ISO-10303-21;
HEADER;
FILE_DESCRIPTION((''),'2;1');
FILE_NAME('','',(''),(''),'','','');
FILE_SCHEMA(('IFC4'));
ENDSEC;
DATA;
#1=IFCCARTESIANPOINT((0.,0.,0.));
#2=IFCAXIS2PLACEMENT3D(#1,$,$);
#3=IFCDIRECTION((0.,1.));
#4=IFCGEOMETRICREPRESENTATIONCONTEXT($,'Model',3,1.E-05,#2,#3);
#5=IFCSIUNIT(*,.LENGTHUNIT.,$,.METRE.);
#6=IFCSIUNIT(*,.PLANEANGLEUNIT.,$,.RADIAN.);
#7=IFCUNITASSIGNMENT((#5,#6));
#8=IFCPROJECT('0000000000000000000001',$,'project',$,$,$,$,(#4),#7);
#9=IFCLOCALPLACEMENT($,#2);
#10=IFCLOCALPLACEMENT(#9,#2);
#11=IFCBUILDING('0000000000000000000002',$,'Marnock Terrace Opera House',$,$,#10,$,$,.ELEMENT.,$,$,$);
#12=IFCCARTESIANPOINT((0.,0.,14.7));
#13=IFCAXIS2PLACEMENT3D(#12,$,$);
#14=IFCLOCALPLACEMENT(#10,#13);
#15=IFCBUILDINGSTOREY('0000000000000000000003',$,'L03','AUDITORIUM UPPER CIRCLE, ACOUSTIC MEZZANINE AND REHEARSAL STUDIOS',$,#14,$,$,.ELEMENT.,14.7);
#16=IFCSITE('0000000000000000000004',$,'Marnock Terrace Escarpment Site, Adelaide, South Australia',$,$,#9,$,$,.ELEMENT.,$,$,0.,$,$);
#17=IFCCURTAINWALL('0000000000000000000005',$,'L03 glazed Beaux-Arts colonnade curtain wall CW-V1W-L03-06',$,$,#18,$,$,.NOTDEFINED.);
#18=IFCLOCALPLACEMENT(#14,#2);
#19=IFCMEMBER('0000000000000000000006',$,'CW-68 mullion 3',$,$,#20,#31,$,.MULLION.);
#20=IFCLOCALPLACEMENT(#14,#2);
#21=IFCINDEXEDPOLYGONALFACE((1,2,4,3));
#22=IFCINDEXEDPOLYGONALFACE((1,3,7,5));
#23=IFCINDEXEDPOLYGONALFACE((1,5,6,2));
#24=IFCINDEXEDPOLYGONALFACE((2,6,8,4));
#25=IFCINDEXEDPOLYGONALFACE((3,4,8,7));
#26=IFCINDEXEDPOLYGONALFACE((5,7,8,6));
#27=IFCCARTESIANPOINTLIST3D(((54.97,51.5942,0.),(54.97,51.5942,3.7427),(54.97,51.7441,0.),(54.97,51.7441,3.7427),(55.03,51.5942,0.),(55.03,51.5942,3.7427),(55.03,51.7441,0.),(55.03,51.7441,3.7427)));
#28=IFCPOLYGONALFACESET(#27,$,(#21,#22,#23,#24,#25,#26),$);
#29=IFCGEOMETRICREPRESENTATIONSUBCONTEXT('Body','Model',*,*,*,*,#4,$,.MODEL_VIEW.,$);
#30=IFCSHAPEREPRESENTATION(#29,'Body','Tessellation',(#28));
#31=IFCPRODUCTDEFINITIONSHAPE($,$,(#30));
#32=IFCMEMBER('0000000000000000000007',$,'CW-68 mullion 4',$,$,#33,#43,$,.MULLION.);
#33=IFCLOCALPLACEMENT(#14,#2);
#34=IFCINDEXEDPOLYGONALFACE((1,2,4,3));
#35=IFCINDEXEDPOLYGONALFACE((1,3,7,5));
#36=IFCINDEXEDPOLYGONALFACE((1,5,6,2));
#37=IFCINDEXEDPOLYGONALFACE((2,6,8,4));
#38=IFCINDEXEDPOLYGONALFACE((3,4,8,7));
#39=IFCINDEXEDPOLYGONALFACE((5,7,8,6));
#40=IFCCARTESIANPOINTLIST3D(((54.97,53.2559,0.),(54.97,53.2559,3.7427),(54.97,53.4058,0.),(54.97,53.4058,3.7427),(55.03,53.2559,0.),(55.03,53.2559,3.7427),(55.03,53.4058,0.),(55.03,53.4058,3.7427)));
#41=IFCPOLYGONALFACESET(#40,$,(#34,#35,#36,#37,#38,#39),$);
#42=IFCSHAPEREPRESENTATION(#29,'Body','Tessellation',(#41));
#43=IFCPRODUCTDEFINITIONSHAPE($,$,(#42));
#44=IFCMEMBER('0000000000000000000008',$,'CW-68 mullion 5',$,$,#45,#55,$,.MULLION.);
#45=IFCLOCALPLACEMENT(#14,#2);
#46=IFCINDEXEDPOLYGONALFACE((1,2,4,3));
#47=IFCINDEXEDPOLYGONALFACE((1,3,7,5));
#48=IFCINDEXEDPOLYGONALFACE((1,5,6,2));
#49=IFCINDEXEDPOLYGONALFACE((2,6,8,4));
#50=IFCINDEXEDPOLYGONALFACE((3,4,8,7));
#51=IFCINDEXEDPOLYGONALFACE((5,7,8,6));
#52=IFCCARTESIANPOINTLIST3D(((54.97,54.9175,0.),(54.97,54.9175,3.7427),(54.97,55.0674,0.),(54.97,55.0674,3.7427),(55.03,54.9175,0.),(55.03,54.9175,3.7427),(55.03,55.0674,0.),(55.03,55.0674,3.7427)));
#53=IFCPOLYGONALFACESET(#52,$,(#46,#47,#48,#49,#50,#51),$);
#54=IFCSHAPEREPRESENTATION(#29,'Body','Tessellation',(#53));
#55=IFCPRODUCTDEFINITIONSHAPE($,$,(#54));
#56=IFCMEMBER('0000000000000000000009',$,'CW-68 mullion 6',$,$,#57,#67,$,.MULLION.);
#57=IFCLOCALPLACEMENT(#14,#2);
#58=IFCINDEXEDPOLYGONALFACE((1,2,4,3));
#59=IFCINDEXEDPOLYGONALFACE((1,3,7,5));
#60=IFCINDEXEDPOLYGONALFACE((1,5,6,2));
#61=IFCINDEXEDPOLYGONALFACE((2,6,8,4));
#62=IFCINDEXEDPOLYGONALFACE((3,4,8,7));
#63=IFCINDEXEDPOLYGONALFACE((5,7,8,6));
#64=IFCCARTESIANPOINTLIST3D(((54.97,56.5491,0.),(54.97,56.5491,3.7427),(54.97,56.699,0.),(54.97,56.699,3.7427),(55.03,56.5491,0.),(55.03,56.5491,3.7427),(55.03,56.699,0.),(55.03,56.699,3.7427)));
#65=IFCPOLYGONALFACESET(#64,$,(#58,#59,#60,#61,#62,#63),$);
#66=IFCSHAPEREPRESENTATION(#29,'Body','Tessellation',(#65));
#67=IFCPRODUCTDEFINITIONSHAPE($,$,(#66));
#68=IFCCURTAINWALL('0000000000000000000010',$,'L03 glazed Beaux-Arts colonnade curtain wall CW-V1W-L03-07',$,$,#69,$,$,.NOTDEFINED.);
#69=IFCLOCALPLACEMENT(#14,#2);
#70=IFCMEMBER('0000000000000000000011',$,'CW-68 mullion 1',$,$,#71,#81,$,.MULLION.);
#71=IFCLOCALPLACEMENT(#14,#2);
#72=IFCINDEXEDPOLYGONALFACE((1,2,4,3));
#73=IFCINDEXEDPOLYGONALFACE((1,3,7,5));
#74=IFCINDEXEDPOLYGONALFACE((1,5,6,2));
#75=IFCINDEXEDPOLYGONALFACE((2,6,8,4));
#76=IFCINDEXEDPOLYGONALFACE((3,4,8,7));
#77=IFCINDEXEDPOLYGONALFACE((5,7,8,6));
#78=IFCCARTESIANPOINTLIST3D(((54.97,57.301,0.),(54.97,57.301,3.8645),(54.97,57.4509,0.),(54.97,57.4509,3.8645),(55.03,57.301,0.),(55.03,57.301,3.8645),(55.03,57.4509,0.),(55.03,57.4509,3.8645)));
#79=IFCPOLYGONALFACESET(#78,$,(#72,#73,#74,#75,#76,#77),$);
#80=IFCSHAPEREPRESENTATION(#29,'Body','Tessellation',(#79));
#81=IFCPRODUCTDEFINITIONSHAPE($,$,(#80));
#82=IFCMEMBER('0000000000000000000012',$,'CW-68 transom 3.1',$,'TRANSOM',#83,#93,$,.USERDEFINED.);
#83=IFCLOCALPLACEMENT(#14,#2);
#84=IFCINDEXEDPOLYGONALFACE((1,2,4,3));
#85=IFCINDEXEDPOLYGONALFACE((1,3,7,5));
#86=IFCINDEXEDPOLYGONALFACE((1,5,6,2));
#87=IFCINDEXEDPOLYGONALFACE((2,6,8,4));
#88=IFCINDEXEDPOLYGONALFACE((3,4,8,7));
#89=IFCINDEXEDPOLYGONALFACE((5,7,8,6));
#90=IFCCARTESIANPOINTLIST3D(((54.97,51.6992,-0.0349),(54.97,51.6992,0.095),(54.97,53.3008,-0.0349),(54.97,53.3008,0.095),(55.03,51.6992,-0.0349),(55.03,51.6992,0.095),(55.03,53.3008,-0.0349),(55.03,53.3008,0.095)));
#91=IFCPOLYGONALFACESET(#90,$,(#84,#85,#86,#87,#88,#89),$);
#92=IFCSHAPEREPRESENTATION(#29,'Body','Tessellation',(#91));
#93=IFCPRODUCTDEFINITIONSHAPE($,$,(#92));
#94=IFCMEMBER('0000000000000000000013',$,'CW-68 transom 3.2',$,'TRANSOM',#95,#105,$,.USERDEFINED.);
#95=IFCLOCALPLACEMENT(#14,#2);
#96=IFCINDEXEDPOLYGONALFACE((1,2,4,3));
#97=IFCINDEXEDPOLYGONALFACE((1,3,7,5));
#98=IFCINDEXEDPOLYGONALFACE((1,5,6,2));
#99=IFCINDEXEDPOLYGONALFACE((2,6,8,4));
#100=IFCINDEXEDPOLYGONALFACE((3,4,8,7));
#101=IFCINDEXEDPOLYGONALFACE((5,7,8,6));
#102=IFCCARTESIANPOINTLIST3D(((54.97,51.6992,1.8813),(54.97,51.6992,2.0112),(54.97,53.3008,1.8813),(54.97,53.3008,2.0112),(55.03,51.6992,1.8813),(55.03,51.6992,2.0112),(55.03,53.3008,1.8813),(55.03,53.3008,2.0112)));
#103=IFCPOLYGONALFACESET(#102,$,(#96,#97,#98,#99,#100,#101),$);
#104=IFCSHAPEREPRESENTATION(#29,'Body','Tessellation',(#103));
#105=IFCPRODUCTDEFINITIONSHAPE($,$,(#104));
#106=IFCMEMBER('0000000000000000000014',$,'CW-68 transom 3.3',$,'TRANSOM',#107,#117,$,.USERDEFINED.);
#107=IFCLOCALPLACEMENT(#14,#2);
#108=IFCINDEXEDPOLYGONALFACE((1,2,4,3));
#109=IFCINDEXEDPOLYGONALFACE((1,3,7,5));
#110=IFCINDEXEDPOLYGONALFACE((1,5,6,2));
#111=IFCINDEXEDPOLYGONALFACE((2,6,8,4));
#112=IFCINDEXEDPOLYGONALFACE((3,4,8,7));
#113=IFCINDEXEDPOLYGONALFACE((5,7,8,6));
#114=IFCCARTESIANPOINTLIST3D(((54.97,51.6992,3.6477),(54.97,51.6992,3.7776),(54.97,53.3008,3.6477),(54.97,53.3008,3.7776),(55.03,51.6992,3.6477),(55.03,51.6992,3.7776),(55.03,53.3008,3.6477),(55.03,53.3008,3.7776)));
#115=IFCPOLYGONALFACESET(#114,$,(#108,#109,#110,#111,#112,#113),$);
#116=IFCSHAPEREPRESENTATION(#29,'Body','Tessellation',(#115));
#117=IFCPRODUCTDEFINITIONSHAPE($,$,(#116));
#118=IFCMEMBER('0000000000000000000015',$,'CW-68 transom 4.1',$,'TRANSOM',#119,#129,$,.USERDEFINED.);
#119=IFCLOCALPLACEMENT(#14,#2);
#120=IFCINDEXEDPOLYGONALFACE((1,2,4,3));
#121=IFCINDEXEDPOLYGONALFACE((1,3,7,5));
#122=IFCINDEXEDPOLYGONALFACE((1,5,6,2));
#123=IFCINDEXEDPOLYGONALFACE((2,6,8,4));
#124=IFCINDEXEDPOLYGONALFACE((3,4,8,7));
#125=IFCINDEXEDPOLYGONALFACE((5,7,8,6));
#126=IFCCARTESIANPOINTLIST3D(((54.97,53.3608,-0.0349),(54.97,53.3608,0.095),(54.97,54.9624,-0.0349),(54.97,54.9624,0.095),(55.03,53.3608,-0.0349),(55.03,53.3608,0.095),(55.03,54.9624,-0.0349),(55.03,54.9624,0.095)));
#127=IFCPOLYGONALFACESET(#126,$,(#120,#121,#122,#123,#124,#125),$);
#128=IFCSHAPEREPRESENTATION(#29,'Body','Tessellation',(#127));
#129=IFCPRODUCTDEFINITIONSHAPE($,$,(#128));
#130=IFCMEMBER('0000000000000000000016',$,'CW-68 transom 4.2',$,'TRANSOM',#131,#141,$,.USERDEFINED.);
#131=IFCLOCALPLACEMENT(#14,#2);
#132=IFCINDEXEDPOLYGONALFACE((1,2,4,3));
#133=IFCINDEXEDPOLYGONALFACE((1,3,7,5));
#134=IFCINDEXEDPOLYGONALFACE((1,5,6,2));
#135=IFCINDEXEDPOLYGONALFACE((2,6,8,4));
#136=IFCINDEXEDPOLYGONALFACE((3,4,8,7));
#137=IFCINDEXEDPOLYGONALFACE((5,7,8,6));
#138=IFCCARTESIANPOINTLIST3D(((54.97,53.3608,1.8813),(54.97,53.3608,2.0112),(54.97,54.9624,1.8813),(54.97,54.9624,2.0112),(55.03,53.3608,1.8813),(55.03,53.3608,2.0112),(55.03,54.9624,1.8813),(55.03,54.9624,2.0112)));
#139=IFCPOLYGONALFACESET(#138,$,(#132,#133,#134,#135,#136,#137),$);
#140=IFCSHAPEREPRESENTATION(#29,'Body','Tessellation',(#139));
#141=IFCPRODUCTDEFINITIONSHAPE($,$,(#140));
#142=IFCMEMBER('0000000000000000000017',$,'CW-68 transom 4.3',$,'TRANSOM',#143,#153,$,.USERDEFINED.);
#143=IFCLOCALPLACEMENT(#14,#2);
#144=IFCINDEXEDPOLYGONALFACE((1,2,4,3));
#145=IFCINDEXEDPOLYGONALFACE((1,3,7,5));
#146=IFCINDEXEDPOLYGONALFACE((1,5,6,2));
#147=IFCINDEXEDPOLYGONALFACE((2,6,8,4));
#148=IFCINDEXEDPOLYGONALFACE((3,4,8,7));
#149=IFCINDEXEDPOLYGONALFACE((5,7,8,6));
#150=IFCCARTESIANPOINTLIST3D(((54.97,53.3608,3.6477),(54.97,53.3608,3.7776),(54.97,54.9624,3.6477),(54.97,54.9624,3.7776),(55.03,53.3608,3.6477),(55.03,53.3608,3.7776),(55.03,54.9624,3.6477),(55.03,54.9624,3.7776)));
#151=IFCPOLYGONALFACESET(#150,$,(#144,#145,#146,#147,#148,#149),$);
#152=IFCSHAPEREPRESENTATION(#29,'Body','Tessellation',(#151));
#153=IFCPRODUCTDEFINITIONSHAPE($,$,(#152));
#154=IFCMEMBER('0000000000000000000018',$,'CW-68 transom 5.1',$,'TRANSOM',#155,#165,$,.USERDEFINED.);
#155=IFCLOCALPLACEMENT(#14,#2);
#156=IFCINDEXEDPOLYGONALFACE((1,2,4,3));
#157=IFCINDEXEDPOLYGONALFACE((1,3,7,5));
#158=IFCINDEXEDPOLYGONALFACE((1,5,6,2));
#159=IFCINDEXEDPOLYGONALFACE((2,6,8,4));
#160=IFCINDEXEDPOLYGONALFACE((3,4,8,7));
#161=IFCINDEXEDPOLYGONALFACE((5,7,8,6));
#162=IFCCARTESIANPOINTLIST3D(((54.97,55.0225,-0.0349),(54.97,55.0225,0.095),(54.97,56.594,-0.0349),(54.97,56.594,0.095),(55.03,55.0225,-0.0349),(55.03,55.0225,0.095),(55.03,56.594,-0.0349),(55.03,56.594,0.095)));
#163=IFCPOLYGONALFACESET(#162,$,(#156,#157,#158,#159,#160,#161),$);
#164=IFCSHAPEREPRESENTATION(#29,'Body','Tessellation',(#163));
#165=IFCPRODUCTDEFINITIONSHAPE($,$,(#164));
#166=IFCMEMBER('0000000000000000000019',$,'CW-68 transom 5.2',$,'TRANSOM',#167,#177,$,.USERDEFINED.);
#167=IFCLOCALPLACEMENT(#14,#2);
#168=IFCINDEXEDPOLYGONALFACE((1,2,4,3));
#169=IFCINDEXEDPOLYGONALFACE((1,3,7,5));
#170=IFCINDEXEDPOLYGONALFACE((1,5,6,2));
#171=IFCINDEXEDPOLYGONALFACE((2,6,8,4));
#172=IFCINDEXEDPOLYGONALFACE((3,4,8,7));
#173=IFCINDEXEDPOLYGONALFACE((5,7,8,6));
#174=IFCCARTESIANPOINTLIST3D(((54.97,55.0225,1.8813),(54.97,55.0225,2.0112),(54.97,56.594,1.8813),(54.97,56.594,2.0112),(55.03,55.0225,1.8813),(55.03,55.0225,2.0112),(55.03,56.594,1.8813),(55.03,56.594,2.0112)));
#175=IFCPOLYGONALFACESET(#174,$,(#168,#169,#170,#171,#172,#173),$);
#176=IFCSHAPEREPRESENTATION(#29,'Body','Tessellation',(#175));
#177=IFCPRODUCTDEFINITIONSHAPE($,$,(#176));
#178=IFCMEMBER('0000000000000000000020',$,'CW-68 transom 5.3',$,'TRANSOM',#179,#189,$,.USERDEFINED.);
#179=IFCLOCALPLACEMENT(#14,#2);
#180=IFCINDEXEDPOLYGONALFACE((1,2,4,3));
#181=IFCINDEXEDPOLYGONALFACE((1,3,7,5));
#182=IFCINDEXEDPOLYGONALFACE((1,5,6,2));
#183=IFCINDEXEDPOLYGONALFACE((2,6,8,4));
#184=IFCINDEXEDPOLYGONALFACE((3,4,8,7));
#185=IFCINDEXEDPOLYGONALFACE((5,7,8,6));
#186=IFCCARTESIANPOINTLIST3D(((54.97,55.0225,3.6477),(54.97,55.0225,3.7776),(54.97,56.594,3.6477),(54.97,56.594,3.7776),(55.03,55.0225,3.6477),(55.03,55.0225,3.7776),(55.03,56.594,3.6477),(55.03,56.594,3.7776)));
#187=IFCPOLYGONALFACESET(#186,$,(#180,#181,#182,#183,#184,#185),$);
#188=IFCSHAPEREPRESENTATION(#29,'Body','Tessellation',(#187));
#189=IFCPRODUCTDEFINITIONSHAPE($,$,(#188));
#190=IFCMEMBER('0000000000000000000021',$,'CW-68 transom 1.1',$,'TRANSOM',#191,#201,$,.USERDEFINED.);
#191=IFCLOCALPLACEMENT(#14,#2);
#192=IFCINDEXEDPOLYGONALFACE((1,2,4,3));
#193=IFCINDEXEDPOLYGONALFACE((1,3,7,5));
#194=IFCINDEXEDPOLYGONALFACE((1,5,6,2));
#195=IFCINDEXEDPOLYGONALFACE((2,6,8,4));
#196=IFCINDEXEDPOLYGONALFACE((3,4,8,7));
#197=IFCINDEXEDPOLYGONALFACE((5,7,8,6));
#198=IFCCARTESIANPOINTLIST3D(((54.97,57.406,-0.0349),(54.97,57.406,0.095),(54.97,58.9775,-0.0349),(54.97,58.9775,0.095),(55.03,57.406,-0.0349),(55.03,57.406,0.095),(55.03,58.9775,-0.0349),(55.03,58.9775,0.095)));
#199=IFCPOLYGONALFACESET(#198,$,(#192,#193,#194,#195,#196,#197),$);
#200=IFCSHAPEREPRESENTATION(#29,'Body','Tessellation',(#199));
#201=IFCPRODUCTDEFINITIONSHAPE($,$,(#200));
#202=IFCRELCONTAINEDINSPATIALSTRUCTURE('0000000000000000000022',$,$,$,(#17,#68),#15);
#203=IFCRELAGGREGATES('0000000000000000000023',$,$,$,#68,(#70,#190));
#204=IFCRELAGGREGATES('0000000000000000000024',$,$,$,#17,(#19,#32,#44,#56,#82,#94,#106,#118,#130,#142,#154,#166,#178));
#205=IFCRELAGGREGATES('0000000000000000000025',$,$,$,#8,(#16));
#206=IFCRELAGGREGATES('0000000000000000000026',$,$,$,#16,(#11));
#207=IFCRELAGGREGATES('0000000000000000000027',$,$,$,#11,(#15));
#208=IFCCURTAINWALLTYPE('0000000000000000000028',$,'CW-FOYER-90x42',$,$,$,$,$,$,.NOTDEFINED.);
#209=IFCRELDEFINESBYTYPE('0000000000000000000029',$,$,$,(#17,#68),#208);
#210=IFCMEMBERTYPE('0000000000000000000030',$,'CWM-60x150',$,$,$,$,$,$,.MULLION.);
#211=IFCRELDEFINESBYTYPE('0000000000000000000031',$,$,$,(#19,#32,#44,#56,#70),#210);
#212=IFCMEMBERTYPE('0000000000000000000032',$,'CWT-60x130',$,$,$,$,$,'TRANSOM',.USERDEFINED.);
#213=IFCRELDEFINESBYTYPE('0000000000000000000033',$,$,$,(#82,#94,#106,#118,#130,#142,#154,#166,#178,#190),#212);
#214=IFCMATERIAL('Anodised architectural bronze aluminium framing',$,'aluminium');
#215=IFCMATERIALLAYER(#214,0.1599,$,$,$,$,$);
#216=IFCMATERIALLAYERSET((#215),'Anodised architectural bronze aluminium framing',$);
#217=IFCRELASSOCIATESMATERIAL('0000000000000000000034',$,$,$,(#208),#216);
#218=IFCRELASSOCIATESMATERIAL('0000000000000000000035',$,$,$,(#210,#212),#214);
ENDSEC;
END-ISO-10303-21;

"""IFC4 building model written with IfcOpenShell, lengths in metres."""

from ifc_helpers import new_model, si_unit, direction, frame, origin, origin_2d, place, context, subcontext, project, spatial, rectangle, extrude, material, layer, layer_set, material_profile, profile_set, type_object, element, aggregate, save


model = new_model("IFC4")

# Units and contexts
model_context = context("Model", 3, precision=1e-05, world=origin(), true_north=direction((0.0, 1.0)))
body_context = subcontext(model_context, "Body", "Model", "MODEL_VIEW")
ifc_project = project(units=[si_unit("LENGTHUNIT", "METRE"), si_unit("PLANEANGLEUNIT", "RADIAN")], contexts=[model_context])

# Site, building, storey
site_placement = place(None, origin())
site = spatial("IfcSite", under=ifc_project, at=site_placement, Name="Marnock Terrace Escarpment Site, Adelaide, South Australia", CompositionType="ELEMENT", RefElevation=0.0)
building_placement = place(site_placement, origin())
building = spatial("IfcBuilding", under=site, at=building_placement, Name="Marnock Terrace Opera House", CompositionType="ELEMENT")
storey_placement = place(building_placement, frame((0.0, 0.0, 14.7)))
storey = spatial("IfcBuildingStorey", under=building, at=storey_placement, Name="L03", Description="AUDITORIUM UPPER CIRCLE, ACOUSTIC MEZZANINE AND REHEARSAL STUDIOS", CompositionType="ELEMENT", Elevation=14.7)

# Curtain wall, members
ifc_material_1 = material(Name="Anodised architectural bronze aluminium framing", Category="aluminium")
ifc_layer_1 = layer(ifc_material_1, 0.1599)
ifc_layer_set_1 = layer_set([ifc_layer_1], Name="Anodised architectural bronze aluminium framing")
curtain_wall_type = type_object("IfcCurtainWallType", Name="CW-FOYER-90x42", PredefinedType="NOTDEFINED", material=ifc_layer_set_1)
curtain_wall_1_placement = place(storey_placement, origin())
curtain_wall_1 = element("IfcCurtainWall", 1, at=curtain_wall_1_placement, inside=storey, type_object=curtain_wall_type, Name="L03 glazed Beaux-Arts colonnade curtain wall CW-V1W-L03-06", PredefinedType="NOTDEFINED")
ifc_material_profile_1 = material_profile(ifc_material_1, rectangle(XDim=0.0601, YDim=0.1499, at=origin_2d()))
ifc_profile_set_1 = profile_set([ifc_material_profile_1], Name="Anodised architectural bronze aluminium framing")
member_type_1 = type_object("IfcMemberType", Name="CWM-60x150", PredefinedType="MULLION", material=ifc_profile_set_1)
member_1_placement = place(storey_placement, frame((55.0, 51.6692, 0.0), z_axis=(0.0, 0.0, 1.0), x_axis=(-1.0, 0.0, 0.0)))
member_1 = element("IfcMember", 2, at=member_1_placement, type_object=member_type_1, Name="CW-68 mullion 3", PredefinedType="MULLION", context=body_context, shape_type="SweptSolid", body=[
    extrude(rectangle(XDim=0.0601, YDim=0.1499, at=origin_2d()), origin(), (0.0, 0.0, 1.0), 3.7427),
])
member_2_placement = place(storey_placement, frame((55.0, 53.3308, 0.0), z_axis=(0.0, 0.0, 1.0), x_axis=(-1.0, 0.0, 0.0)))
member_2 = element("IfcMember", 3, at=member_2_placement, type_object=member_type_1, Name="CW-68 mullion 4", PredefinedType="MULLION", context=body_context, shape_type="SweptSolid", body=[
    extrude(rectangle(XDim=0.0601, YDim=0.1499, at=origin_2d()), origin(), (0.0, 0.0, 1.0), 3.7427),
])
member_3_placement = place(storey_placement, frame((55.0, 54.9924, 0.0), z_axis=(0.0, 0.0, 1.0), x_axis=(-1.0, 0.0, 0.0)))
member_3 = element("IfcMember", 4, at=member_3_placement, type_object=member_type_1, Name="CW-68 mullion 5", PredefinedType="MULLION", context=body_context, shape_type="SweptSolid", body=[
    extrude(rectangle(XDim=0.0601, YDim=0.1499, at=origin_2d()), origin(), (0.0, 0.0, 1.0), 3.7427),
])
member_4_placement = place(storey_placement, frame((55.0, 56.624, 0.0), z_axis=(0.0, 0.0, 1.0), x_axis=(-1.0, 0.0, 0.0)))
member_4 = element("IfcMember", 5, at=member_4_placement, type_object=member_type_1, Name="CW-68 mullion 6", PredefinedType="MULLION", context=body_context, shape_type="SweptSolid", body=[
    extrude(rectangle(XDim=0.0601, YDim=0.1499, at=origin_2d()), origin(), (0.0, 0.0, 1.0), 3.7427),
])

# Curtain wall, member
curtain_wall_2_placement = place(storey_placement, origin())
curtain_wall_2 = element("IfcCurtainWall", 6, at=curtain_wall_2_placement, inside=storey, type_object=curtain_wall_type, Name="L03 glazed Beaux-Arts colonnade curtain wall CW-V1W-L03-07", PredefinedType="NOTDEFINED")
member_5_placement = place(storey_placement, frame((55.0, 57.376, 0.0), z_axis=(0.0, 0.0, 1.0), x_axis=(-1.0, 0.0, 0.0)))
member_5 = element("IfcMember", 7, at=member_5_placement, type_object=member_type_1, Name="CW-68 mullion 1", PredefinedType="MULLION", context=body_context, shape_type="SweptSolid", body=[
    extrude(rectangle(XDim=0.0601, YDim=0.1499, at=origin_2d()), origin(), (0.0, 0.0, 1.0), 3.8645),
])

# Members
ifc_material_profile_2 = material_profile(ifc_material_1, rectangle(XDim=0.0601, YDim=0.1299, at=origin_2d()))
ifc_profile_set_2 = profile_set([ifc_material_profile_2], Name="Anodised architectural bronze aluminium framing")
member_type_2 = type_object("IfcMemberType", Name="CWT-60x130", ElementType="TRANSOM", PredefinedType="USERDEFINED", material=ifc_profile_set_2)
member_6_placement = place(storey_placement, frame((55.0, 51.6992, 0.03), z_axis=(0.0, 1.0, 0.0), x_axis=(-1.0, 0.0, 0.0)))
member_6 = element("IfcMember", 8, at=member_6_placement, type_object=member_type_2, Name="CW-68 transom 3.1", ObjectType="TRANSOM", PredefinedType="USERDEFINED", context=body_context, shape_type="SweptSolid", body=[
    extrude(rectangle(XDim=0.0601, YDim=0.1299, at=origin_2d()), origin(), (0.0, 0.0, 1.0), 1.6016),
])
member_7_placement = place(storey_placement, frame((55.0, 51.6992, 1.9463), z_axis=(0.0, 1.0, 0.0), x_axis=(-1.0, 0.0, 0.0)))
member_7 = element("IfcMember", 9, at=member_7_placement, type_object=member_type_2, Name="CW-68 transom 3.2", ObjectType="TRANSOM", PredefinedType="USERDEFINED", context=body_context, shape_type="SweptSolid", body=[
    extrude(rectangle(XDim=0.0601, YDim=0.1299, at=origin_2d()), origin(), (0.0, 0.0, 1.0), 1.6016),
])
member_8_placement = place(storey_placement, frame((55.0, 51.6992, 3.7126), z_axis=(0.0, 1.0, 0.0), x_axis=(-1.0, 0.0, 0.0)))
member_8 = element("IfcMember", 10, at=member_8_placement, type_object=member_type_2, Name="CW-68 transom 3.3", ObjectType="TRANSOM", PredefinedType="USERDEFINED", context=body_context, shape_type="SweptSolid", body=[
    extrude(rectangle(XDim=0.0601, YDim=0.1299, at=origin_2d()), origin(), (0.0, 0.0, 1.0), 1.6016),
])
member_9_placement = place(storey_placement, frame((55.0, 53.3608, 0.03), z_axis=(0.0, 1.0, 0.0), x_axis=(-1.0, 0.0, 0.0)))
member_9 = element("IfcMember", 11, at=member_9_placement, type_object=member_type_2, Name="CW-68 transom 4.1", ObjectType="TRANSOM", PredefinedType="USERDEFINED", context=body_context, shape_type="SweptSolid", body=[
    extrude(rectangle(XDim=0.0601, YDim=0.1299, at=origin_2d()), origin(), (0.0, 0.0, 1.0), 1.6016),
])
member_10_placement = place(storey_placement, frame((55.0, 53.3608, 1.9463), z_axis=(0.0, 1.0, 0.0), x_axis=(-1.0, 0.0, 0.0)))
member_10 = element("IfcMember", 12, at=member_10_placement, type_object=member_type_2, Name="CW-68 transom 4.2", ObjectType="TRANSOM", PredefinedType="USERDEFINED", context=body_context, shape_type="SweptSolid", body=[
    extrude(rectangle(XDim=0.0601, YDim=0.1299, at=origin_2d()), origin(), (0.0, 0.0, 1.0), 1.6016),
])
member_11_placement = place(storey_placement, frame((55.0, 53.3608, 3.7126), z_axis=(0.0, 1.0, 0.0), x_axis=(-1.0, 0.0, 0.0)))
member_11 = element("IfcMember", 13, at=member_11_placement, type_object=member_type_2, Name="CW-68 transom 4.3", ObjectType="TRANSOM", PredefinedType="USERDEFINED", context=body_context, shape_type="SweptSolid", body=[
    extrude(rectangle(XDim=0.0601, YDim=0.1299, at=origin_2d()), origin(), (0.0, 0.0, 1.0), 1.6016),
])
member_12_placement = place(storey_placement, frame((55.0, 55.0225, 0.03), z_axis=(0.0, 1.0, 0.0), x_axis=(-1.0, 0.0, 0.0)))
member_12 = element("IfcMember", 14, at=member_12_placement, type_object=member_type_2, Name="CW-68 transom 5.1", ObjectType="TRANSOM", PredefinedType="USERDEFINED", context=body_context, shape_type="SweptSolid", body=[
    extrude(rectangle(XDim=0.0601, YDim=0.1299, at=origin_2d()), origin(), (0.0, 0.0, 1.0), 1.5715),
])
member_13_placement = place(storey_placement, frame((55.0, 55.0225, 1.9463), z_axis=(0.0, 1.0, 0.0), x_axis=(-1.0, 0.0, 0.0)))
member_13 = element("IfcMember", 15, at=member_13_placement, type_object=member_type_2, Name="CW-68 transom 5.2", ObjectType="TRANSOM", PredefinedType="USERDEFINED", context=body_context, shape_type="SweptSolid", body=[
    extrude(rectangle(XDim=0.0601, YDim=0.1299, at=origin_2d()), origin(), (0.0, 0.0, 1.0), 1.5715),
])
member_14_placement = place(storey_placement, frame((55.0, 55.0225, 3.7126), z_axis=(0.0, 1.0, 0.0), x_axis=(-1.0, 0.0, 0.0)))
member_14 = element("IfcMember", 16, at=member_14_placement, type_object=member_type_2, Name="CW-68 transom 5.3", ObjectType="TRANSOM", PredefinedType="USERDEFINED", context=body_context, shape_type="SweptSolid", body=[
    extrude(rectangle(XDim=0.0601, YDim=0.1299, at=origin_2d()), origin(), (0.0, 0.0, 1.0), 1.5715),
])
member_15_placement = place(storey_placement, frame((55.0, 57.406, 0.03), z_axis=(0.0, 1.0, 0.0), x_axis=(-1.0, 0.0, 0.0)))
member_15 = element("IfcMember", 17, at=member_15_placement, type_object=member_type_2, Name="CW-68 transom 1.1", ObjectType="TRANSOM", PredefinedType="USERDEFINED", context=body_context, shape_type="SweptSolid", body=[
    extrude(rectangle(XDim=0.0601, YDim=0.1299, at=origin_2d()), origin(), (0.0, 0.0, 1.0), 1.5715),
])
aggregate(curtain_wall_2, [member_5, member_15])

aggregate(curtain_wall_1, [member_1, member_2, member_3, member_4, member_6, member_7, member_8, member_9, member_10, member_11, member_12, member_13, member_14])

save(model, "model.ifc")
